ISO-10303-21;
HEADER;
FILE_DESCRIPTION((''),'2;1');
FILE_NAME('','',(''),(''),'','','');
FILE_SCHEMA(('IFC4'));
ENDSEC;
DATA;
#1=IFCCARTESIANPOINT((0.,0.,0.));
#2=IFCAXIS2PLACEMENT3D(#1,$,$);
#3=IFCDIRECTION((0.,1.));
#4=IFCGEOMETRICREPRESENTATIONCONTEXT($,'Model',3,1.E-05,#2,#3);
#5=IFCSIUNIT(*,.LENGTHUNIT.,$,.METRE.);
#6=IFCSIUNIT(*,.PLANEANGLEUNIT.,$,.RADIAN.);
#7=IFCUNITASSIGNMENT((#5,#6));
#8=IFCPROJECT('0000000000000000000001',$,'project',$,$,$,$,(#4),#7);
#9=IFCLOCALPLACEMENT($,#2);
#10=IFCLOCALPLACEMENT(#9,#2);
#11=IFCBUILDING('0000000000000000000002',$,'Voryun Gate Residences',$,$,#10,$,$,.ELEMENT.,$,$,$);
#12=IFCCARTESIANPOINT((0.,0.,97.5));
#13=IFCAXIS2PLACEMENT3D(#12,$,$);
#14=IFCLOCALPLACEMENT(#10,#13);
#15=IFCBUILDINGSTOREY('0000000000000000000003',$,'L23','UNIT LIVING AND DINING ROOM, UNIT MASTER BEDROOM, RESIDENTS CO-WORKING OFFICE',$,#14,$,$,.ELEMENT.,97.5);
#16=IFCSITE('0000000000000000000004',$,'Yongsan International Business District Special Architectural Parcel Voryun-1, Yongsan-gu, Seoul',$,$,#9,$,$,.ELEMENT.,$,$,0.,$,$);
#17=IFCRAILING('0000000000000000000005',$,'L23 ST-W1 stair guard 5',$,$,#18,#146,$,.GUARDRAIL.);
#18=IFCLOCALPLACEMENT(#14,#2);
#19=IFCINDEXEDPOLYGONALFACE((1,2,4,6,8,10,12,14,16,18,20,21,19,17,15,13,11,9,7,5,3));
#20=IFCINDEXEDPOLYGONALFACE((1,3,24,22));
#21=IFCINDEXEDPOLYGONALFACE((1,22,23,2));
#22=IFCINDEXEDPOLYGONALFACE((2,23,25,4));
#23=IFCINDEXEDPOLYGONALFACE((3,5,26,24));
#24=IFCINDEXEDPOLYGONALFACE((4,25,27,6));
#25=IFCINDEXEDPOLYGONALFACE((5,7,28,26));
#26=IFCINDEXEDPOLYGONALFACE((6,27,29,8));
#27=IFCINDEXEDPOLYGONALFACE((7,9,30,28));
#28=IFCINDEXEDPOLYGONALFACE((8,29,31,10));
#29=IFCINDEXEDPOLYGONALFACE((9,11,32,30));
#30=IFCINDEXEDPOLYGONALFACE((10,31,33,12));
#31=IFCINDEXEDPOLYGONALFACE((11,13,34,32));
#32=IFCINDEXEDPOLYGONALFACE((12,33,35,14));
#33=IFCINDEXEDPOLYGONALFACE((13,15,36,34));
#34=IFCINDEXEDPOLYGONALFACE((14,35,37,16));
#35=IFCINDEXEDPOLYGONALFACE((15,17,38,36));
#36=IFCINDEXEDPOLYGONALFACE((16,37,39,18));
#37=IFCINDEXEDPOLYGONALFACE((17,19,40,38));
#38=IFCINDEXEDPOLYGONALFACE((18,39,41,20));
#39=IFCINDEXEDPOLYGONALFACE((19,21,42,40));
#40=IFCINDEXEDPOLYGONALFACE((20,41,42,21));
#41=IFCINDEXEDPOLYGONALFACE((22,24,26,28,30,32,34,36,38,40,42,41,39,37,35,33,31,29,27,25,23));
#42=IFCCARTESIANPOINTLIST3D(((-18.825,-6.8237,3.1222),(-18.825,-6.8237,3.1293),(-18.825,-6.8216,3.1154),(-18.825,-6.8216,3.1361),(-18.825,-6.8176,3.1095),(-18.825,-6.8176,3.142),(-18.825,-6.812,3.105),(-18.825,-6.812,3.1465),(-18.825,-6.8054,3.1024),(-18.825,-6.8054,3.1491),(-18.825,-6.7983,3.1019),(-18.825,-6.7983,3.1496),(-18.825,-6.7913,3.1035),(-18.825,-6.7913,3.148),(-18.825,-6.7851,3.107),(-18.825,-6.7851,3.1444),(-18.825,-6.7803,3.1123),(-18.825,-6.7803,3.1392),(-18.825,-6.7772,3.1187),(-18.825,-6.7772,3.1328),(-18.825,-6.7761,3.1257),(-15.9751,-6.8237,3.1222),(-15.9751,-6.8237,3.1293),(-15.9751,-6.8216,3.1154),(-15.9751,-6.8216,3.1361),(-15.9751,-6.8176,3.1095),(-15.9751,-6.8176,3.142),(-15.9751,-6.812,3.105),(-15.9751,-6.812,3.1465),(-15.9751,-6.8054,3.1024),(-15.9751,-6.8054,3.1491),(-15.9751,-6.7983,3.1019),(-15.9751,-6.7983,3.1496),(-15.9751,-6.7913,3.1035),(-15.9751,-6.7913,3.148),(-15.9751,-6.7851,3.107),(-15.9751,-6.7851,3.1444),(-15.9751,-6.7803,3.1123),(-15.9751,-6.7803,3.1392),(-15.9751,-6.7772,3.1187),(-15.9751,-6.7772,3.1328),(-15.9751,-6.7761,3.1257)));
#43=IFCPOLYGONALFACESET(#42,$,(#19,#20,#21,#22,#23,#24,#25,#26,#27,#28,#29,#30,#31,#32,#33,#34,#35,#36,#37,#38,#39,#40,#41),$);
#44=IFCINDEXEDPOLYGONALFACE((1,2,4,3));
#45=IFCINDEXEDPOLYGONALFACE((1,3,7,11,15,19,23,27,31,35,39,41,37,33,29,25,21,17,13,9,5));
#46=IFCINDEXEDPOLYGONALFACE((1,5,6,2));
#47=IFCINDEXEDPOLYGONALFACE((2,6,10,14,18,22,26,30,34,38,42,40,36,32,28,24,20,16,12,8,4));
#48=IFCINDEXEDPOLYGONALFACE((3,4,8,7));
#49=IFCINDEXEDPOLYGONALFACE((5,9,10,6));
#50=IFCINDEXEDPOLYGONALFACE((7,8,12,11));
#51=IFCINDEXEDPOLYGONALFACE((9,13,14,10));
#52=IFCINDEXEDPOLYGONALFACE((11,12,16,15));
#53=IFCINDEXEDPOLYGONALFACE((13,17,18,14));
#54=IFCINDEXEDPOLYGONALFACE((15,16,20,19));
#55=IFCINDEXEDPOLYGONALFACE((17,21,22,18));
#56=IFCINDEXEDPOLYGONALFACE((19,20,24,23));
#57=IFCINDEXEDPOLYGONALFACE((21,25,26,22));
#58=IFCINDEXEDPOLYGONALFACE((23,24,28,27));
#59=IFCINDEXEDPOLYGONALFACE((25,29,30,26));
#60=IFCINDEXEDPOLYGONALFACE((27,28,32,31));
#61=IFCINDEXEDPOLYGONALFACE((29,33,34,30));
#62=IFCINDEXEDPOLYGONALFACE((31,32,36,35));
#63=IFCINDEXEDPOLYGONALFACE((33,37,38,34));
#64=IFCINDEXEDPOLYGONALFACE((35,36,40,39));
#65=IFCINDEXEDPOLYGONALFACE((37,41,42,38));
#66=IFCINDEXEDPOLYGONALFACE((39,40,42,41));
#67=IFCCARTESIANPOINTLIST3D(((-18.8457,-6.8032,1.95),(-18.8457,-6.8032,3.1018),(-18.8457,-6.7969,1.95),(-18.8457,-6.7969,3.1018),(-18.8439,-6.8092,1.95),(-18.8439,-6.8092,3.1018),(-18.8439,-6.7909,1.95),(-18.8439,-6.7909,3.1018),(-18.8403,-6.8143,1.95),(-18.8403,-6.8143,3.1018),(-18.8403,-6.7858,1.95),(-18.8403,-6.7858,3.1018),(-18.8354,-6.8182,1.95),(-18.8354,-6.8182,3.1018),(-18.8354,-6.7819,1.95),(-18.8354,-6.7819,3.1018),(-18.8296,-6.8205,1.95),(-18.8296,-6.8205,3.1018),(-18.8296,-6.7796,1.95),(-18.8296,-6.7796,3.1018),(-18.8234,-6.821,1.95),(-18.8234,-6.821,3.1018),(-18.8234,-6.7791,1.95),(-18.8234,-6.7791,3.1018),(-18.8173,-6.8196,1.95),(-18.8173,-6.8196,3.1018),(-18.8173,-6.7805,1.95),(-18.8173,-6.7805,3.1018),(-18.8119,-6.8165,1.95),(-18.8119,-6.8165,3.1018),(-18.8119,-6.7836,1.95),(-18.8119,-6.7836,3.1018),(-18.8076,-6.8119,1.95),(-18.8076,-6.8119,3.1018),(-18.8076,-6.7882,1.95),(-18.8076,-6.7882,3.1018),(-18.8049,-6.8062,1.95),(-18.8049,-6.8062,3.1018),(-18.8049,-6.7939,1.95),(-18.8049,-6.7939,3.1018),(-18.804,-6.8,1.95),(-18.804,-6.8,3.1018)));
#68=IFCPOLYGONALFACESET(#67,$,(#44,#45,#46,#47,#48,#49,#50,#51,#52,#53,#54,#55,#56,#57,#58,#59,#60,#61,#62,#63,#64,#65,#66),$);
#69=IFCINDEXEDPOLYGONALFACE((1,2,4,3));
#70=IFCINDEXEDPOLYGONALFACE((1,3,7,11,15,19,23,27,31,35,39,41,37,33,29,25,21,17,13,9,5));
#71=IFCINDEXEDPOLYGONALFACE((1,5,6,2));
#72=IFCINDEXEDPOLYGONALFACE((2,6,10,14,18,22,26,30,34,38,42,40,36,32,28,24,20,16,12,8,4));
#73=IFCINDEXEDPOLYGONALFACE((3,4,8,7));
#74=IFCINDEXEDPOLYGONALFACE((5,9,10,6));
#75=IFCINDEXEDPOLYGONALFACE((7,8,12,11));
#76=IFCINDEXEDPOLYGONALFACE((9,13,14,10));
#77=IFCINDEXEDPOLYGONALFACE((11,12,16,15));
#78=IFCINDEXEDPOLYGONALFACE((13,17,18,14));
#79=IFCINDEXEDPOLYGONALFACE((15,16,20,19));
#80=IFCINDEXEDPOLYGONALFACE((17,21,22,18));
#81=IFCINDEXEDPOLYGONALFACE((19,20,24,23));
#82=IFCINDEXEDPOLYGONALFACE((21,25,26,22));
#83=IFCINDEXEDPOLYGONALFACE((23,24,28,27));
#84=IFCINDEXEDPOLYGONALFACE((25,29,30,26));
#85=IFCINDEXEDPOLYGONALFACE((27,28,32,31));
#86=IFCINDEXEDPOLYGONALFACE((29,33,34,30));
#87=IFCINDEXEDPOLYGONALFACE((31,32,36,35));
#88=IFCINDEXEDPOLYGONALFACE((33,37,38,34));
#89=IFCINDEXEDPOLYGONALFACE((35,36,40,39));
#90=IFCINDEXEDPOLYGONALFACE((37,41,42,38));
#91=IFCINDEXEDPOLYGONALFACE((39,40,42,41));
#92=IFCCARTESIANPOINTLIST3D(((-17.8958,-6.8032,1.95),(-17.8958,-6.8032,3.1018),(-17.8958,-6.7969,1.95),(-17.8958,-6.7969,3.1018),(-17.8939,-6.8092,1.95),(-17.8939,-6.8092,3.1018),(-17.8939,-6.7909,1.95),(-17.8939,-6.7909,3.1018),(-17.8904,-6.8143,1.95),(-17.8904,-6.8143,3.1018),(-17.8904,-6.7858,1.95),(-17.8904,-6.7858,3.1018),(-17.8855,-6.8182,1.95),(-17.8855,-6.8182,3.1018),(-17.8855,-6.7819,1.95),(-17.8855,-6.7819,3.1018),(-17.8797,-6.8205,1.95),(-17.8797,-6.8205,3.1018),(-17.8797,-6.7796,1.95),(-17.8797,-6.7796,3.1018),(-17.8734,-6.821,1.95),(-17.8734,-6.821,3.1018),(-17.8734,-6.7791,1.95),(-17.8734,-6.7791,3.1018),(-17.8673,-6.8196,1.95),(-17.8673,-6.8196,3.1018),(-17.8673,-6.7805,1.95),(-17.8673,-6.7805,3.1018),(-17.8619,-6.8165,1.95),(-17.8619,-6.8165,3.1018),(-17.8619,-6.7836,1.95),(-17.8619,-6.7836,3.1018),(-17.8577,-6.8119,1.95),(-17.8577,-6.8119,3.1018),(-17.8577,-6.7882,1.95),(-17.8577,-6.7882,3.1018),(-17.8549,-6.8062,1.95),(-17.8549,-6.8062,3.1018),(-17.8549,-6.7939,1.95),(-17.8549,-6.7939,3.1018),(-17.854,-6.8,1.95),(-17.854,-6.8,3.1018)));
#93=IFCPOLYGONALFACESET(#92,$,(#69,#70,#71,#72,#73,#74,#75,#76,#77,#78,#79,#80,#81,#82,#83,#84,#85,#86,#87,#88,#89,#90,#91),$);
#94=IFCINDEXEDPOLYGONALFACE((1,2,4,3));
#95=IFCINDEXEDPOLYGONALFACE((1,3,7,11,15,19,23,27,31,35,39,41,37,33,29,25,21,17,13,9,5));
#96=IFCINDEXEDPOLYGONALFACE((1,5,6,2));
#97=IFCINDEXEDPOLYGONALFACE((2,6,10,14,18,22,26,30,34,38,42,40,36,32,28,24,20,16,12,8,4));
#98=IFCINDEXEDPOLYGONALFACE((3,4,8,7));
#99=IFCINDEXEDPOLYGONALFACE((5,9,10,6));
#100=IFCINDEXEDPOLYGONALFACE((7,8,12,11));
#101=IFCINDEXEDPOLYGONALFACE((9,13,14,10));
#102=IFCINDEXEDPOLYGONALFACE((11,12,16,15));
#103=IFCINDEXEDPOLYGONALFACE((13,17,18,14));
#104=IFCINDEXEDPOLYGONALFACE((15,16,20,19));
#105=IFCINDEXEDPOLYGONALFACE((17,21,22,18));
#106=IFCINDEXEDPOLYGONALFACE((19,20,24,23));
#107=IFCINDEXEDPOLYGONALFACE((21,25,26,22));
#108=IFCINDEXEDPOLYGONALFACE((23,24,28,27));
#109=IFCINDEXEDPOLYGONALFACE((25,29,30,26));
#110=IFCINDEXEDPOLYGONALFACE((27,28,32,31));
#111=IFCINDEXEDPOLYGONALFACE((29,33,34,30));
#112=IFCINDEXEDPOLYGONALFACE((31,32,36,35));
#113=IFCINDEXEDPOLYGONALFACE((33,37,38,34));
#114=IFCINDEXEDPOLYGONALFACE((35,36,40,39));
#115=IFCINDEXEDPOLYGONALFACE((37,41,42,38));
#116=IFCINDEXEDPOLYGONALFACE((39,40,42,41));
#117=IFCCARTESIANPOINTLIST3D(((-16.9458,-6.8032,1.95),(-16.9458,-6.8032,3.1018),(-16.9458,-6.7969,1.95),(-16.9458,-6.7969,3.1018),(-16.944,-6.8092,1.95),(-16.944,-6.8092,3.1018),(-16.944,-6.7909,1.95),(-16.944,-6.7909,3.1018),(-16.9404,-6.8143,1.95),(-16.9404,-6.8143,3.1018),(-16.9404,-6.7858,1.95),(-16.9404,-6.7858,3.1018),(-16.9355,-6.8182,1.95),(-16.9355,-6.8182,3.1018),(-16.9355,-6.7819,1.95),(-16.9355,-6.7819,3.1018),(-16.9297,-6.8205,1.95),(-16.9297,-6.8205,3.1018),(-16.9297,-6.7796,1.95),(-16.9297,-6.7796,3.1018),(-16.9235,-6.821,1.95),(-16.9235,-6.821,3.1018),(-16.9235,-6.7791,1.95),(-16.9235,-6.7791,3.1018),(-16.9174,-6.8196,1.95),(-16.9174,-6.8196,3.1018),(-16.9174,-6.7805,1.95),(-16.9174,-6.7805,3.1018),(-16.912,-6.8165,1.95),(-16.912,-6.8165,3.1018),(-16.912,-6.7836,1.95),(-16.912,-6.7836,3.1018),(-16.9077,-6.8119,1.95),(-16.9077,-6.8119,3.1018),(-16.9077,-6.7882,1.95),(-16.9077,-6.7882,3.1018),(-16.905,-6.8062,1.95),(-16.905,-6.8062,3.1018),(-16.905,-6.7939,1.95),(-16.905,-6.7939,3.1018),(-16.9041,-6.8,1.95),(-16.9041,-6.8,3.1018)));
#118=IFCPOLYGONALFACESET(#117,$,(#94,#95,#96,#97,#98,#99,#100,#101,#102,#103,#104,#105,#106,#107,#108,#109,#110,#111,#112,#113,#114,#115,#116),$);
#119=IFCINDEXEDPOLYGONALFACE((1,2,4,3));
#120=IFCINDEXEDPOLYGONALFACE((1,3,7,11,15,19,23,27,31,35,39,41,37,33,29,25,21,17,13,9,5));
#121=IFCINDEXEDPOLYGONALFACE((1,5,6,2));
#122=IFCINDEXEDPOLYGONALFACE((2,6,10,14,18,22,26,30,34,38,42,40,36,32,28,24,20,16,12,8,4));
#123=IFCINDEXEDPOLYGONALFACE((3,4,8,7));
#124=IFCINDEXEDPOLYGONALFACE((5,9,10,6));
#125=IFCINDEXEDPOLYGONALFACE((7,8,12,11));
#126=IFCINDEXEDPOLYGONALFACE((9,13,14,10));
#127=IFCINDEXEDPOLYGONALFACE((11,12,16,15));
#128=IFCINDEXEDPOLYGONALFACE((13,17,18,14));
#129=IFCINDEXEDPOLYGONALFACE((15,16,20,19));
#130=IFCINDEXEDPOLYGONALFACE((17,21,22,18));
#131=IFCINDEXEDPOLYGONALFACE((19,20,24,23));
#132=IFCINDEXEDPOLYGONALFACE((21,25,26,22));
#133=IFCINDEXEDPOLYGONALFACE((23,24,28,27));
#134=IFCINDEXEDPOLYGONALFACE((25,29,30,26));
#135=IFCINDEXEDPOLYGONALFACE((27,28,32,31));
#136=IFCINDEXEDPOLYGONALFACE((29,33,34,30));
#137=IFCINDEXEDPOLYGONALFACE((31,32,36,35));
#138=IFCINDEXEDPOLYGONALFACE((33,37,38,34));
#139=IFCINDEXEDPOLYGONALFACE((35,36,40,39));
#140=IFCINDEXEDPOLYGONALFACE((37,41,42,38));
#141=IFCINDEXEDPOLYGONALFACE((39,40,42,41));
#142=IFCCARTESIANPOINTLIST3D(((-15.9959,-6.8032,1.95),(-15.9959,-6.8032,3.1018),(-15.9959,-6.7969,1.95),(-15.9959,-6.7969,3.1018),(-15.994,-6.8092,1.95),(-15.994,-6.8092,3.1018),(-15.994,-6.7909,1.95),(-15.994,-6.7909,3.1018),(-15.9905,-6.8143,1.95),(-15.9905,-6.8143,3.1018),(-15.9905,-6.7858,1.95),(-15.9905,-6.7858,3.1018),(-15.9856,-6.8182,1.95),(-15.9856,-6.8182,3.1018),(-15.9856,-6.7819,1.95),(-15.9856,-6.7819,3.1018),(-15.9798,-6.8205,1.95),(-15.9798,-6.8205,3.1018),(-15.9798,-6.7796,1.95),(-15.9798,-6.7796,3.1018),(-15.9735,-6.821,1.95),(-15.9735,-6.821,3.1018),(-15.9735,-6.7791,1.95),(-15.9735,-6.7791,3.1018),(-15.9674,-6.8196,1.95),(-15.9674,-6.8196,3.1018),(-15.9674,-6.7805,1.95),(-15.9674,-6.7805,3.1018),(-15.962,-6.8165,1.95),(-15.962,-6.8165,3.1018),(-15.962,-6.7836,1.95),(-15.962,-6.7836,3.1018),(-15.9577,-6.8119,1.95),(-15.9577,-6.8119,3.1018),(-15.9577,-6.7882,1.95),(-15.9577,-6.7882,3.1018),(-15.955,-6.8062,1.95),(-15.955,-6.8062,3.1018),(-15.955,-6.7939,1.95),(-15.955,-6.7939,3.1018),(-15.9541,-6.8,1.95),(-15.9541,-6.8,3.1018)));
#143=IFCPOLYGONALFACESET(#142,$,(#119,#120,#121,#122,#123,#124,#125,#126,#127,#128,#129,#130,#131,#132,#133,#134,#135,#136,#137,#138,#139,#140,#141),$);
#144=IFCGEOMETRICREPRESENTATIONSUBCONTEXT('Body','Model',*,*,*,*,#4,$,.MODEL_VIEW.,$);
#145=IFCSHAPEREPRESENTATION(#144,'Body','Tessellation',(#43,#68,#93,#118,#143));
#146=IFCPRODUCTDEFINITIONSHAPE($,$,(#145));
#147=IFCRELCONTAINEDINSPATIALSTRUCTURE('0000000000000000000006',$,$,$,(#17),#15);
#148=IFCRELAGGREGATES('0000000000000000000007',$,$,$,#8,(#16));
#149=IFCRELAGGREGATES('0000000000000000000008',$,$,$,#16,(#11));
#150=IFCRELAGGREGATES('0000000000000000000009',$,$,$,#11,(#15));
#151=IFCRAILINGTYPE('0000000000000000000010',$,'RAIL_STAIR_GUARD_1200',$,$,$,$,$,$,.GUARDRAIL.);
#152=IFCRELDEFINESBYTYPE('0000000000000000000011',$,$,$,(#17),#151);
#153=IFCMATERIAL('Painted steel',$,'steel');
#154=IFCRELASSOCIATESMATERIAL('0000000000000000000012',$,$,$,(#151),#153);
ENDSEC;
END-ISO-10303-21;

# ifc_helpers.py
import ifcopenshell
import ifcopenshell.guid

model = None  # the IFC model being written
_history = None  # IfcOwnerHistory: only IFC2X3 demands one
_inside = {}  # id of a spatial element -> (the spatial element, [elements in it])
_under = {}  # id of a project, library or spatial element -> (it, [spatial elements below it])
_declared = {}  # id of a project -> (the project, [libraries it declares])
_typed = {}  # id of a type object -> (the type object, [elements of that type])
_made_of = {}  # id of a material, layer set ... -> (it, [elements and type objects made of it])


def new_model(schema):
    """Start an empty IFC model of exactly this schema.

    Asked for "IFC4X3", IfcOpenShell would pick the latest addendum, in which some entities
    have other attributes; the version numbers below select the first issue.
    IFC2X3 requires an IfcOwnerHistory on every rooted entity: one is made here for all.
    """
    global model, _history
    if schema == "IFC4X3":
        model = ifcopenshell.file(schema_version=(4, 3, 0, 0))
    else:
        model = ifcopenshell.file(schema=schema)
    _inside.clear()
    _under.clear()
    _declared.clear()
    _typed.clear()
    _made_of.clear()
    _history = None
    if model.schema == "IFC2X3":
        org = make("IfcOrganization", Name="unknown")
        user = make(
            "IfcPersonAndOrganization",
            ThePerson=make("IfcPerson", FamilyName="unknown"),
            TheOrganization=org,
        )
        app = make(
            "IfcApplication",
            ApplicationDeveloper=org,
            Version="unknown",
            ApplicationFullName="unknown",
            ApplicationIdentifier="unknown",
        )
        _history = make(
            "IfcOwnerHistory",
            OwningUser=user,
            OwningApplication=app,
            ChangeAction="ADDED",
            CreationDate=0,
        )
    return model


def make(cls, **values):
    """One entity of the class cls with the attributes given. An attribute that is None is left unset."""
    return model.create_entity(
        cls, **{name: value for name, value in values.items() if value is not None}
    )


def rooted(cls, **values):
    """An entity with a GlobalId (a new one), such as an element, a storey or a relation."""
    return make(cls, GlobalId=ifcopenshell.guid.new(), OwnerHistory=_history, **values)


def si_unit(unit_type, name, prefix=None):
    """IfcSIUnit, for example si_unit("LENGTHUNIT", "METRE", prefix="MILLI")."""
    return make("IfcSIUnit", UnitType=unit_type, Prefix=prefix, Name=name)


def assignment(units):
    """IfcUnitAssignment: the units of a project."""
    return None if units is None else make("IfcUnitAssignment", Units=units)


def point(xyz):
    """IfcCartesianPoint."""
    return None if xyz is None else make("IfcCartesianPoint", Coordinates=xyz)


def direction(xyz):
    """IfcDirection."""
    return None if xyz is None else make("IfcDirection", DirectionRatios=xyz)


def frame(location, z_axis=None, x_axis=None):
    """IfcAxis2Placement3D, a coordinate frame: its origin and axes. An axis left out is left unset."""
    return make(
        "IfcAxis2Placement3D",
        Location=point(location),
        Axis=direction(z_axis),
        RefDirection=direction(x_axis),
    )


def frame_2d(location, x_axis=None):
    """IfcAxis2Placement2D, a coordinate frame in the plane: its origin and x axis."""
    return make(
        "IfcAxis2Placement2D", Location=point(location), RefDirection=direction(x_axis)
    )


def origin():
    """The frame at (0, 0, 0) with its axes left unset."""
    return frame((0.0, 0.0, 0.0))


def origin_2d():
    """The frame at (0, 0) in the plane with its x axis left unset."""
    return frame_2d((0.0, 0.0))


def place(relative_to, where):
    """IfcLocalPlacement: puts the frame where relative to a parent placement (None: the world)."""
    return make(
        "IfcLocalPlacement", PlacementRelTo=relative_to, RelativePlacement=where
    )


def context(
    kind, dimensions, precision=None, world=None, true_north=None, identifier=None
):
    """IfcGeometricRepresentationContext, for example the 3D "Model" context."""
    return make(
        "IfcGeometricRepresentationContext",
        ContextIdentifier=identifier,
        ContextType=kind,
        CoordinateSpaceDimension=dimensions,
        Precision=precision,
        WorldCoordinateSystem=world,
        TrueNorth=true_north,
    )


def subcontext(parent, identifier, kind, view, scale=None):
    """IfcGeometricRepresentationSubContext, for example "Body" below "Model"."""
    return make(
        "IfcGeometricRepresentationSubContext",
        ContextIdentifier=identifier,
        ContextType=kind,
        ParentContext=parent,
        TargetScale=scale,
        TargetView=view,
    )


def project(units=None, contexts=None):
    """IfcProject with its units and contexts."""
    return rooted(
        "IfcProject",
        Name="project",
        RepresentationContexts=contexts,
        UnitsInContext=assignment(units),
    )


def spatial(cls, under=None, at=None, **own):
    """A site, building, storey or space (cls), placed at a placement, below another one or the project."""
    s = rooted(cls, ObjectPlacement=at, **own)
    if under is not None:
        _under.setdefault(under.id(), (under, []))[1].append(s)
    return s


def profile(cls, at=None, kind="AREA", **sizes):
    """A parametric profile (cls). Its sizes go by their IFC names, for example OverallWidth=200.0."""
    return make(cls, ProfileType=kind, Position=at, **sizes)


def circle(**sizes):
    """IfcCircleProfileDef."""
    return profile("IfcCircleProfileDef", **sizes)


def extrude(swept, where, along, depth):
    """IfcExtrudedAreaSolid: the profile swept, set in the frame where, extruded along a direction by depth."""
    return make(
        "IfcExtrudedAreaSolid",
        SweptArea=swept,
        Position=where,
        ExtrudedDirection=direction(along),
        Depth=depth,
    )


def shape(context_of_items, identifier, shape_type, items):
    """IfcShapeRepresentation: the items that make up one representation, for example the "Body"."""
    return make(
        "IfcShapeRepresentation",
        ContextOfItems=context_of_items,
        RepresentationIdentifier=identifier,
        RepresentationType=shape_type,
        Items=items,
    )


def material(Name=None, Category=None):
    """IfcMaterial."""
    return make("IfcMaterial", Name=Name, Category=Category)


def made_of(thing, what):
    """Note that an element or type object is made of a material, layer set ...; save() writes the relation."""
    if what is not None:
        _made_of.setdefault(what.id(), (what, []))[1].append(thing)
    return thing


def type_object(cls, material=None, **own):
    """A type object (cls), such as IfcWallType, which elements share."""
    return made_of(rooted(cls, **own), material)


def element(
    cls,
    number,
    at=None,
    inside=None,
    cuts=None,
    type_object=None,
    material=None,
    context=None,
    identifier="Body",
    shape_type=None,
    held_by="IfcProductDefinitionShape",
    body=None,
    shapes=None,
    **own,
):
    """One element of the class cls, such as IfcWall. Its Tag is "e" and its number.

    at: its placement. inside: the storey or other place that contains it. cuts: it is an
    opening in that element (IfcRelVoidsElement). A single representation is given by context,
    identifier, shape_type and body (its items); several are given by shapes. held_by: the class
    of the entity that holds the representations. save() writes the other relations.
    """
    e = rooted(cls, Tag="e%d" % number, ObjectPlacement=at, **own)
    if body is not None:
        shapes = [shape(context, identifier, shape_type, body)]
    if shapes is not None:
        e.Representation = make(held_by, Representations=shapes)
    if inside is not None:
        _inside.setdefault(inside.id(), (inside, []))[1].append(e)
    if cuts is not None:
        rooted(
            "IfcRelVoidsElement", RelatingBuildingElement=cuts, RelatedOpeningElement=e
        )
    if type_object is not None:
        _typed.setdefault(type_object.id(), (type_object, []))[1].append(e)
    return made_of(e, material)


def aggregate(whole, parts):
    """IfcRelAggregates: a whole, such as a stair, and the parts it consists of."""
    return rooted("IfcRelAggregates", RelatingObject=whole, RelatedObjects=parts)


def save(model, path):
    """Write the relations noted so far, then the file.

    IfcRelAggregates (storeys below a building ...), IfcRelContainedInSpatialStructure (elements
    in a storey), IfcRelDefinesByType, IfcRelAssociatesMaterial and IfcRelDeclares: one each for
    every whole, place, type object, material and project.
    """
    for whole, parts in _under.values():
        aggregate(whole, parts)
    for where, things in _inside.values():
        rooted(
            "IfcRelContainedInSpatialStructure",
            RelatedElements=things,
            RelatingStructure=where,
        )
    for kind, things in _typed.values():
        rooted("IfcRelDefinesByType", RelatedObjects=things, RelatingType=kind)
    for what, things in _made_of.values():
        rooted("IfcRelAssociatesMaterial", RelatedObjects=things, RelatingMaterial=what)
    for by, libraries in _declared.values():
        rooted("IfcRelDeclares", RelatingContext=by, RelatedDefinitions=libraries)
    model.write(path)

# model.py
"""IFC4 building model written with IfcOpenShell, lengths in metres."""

from ifc_helpers import new_model, si_unit, direction, frame, origin, origin_2d, place, context, subcontext, project, spatial, circle, extrude, material, type_object, element, save


model = new_model("IFC4")

# Units and contexts
model_context = context("Model", 3, precision=1e-05, world=origin(), true_north=direction((0.0, 1.0)))
body_context = subcontext(model_context, "Body", "Model", "MODEL_VIEW")
ifc_project = project(units=[si_unit("LENGTHUNIT", "METRE"), si_unit("PLANEANGLEUNIT", "RADIAN")], contexts=[model_context])

# Site, building, storey
site_placement = place(None, origin())
site = spatial("IfcSite", under=ifc_project, at=site_placement, Name="Yongsan International Business District Special Architectural Parcel Voryun-1, Yongsan-gu, Seoul", CompositionType="ELEMENT", RefElevation=0.0)
building_placement = place(site_placement, origin())
building = spatial("IfcBuilding", under=site, at=building_placement, Name="Voryun Gate Residences", CompositionType="ELEMENT")
storey_placement = place(building_placement, frame((0.0, 0.0, 97.5)))
storey = spatial("IfcBuildingStorey", under=building, at=storey_placement, Name="L23", Description="UNIT LIVING AND DINING ROOM, UNIT MASTER BEDROOM, RESIDENTS CO-WORKING OFFICE", CompositionType="ELEMENT", Elevation=97.5)

# Railing
ifc_material_1 = material(Name="Painted steel", Category="steel")
railing_type = type_object("IfcRailingType", Name="RAIL_STAIR_GUARD_1200", PredefinedType="GUARDRAIL", material=ifc_material_1)
railing_1_placement = place(storey_placement, frame((-18.825, -6.8, 1.95)))
element("IfcRailing", 1, at=railing_1_placement, inside=storey, type_object=railing_type, Name="L23 ST-W1 stair guard 5", PredefinedType="GUARDRAIL", context=body_context, shape_type="SweptSolid", body=[
    extrude(circle(Radius=0.0239, at=origin_2d()), frame((0.0, 0.0, 1.1758), z_axis=(1.0, 0.0, 0.0), x_axis=(0.0, 1.0, 0.0)), (0.0, 0.0, 1.0), 2.8499),
    extrude(circle(Radius=0.021, at=origin_2d()), origin(), (0.0, 0.0, 1.0), 1.1519),
    extrude(circle(Radius=0.021, at=origin_2d()), frame((0.95, 0.0, 0.0)), (0.0, 0.0, 1.0), 1.1519),
    extrude(circle(Radius=0.021, at=origin_2d()), frame((1.8999, 0.0, 0.0)), (0.0, 0.0, 1.0), 1.1519),
    extrude(circle(Radius=0.021, at=origin_2d()), frame((2.8499, 0.0, 0.0)), (0.0, 0.0, 1.0), 1.1519),
])

save(model, "model.ifc")
